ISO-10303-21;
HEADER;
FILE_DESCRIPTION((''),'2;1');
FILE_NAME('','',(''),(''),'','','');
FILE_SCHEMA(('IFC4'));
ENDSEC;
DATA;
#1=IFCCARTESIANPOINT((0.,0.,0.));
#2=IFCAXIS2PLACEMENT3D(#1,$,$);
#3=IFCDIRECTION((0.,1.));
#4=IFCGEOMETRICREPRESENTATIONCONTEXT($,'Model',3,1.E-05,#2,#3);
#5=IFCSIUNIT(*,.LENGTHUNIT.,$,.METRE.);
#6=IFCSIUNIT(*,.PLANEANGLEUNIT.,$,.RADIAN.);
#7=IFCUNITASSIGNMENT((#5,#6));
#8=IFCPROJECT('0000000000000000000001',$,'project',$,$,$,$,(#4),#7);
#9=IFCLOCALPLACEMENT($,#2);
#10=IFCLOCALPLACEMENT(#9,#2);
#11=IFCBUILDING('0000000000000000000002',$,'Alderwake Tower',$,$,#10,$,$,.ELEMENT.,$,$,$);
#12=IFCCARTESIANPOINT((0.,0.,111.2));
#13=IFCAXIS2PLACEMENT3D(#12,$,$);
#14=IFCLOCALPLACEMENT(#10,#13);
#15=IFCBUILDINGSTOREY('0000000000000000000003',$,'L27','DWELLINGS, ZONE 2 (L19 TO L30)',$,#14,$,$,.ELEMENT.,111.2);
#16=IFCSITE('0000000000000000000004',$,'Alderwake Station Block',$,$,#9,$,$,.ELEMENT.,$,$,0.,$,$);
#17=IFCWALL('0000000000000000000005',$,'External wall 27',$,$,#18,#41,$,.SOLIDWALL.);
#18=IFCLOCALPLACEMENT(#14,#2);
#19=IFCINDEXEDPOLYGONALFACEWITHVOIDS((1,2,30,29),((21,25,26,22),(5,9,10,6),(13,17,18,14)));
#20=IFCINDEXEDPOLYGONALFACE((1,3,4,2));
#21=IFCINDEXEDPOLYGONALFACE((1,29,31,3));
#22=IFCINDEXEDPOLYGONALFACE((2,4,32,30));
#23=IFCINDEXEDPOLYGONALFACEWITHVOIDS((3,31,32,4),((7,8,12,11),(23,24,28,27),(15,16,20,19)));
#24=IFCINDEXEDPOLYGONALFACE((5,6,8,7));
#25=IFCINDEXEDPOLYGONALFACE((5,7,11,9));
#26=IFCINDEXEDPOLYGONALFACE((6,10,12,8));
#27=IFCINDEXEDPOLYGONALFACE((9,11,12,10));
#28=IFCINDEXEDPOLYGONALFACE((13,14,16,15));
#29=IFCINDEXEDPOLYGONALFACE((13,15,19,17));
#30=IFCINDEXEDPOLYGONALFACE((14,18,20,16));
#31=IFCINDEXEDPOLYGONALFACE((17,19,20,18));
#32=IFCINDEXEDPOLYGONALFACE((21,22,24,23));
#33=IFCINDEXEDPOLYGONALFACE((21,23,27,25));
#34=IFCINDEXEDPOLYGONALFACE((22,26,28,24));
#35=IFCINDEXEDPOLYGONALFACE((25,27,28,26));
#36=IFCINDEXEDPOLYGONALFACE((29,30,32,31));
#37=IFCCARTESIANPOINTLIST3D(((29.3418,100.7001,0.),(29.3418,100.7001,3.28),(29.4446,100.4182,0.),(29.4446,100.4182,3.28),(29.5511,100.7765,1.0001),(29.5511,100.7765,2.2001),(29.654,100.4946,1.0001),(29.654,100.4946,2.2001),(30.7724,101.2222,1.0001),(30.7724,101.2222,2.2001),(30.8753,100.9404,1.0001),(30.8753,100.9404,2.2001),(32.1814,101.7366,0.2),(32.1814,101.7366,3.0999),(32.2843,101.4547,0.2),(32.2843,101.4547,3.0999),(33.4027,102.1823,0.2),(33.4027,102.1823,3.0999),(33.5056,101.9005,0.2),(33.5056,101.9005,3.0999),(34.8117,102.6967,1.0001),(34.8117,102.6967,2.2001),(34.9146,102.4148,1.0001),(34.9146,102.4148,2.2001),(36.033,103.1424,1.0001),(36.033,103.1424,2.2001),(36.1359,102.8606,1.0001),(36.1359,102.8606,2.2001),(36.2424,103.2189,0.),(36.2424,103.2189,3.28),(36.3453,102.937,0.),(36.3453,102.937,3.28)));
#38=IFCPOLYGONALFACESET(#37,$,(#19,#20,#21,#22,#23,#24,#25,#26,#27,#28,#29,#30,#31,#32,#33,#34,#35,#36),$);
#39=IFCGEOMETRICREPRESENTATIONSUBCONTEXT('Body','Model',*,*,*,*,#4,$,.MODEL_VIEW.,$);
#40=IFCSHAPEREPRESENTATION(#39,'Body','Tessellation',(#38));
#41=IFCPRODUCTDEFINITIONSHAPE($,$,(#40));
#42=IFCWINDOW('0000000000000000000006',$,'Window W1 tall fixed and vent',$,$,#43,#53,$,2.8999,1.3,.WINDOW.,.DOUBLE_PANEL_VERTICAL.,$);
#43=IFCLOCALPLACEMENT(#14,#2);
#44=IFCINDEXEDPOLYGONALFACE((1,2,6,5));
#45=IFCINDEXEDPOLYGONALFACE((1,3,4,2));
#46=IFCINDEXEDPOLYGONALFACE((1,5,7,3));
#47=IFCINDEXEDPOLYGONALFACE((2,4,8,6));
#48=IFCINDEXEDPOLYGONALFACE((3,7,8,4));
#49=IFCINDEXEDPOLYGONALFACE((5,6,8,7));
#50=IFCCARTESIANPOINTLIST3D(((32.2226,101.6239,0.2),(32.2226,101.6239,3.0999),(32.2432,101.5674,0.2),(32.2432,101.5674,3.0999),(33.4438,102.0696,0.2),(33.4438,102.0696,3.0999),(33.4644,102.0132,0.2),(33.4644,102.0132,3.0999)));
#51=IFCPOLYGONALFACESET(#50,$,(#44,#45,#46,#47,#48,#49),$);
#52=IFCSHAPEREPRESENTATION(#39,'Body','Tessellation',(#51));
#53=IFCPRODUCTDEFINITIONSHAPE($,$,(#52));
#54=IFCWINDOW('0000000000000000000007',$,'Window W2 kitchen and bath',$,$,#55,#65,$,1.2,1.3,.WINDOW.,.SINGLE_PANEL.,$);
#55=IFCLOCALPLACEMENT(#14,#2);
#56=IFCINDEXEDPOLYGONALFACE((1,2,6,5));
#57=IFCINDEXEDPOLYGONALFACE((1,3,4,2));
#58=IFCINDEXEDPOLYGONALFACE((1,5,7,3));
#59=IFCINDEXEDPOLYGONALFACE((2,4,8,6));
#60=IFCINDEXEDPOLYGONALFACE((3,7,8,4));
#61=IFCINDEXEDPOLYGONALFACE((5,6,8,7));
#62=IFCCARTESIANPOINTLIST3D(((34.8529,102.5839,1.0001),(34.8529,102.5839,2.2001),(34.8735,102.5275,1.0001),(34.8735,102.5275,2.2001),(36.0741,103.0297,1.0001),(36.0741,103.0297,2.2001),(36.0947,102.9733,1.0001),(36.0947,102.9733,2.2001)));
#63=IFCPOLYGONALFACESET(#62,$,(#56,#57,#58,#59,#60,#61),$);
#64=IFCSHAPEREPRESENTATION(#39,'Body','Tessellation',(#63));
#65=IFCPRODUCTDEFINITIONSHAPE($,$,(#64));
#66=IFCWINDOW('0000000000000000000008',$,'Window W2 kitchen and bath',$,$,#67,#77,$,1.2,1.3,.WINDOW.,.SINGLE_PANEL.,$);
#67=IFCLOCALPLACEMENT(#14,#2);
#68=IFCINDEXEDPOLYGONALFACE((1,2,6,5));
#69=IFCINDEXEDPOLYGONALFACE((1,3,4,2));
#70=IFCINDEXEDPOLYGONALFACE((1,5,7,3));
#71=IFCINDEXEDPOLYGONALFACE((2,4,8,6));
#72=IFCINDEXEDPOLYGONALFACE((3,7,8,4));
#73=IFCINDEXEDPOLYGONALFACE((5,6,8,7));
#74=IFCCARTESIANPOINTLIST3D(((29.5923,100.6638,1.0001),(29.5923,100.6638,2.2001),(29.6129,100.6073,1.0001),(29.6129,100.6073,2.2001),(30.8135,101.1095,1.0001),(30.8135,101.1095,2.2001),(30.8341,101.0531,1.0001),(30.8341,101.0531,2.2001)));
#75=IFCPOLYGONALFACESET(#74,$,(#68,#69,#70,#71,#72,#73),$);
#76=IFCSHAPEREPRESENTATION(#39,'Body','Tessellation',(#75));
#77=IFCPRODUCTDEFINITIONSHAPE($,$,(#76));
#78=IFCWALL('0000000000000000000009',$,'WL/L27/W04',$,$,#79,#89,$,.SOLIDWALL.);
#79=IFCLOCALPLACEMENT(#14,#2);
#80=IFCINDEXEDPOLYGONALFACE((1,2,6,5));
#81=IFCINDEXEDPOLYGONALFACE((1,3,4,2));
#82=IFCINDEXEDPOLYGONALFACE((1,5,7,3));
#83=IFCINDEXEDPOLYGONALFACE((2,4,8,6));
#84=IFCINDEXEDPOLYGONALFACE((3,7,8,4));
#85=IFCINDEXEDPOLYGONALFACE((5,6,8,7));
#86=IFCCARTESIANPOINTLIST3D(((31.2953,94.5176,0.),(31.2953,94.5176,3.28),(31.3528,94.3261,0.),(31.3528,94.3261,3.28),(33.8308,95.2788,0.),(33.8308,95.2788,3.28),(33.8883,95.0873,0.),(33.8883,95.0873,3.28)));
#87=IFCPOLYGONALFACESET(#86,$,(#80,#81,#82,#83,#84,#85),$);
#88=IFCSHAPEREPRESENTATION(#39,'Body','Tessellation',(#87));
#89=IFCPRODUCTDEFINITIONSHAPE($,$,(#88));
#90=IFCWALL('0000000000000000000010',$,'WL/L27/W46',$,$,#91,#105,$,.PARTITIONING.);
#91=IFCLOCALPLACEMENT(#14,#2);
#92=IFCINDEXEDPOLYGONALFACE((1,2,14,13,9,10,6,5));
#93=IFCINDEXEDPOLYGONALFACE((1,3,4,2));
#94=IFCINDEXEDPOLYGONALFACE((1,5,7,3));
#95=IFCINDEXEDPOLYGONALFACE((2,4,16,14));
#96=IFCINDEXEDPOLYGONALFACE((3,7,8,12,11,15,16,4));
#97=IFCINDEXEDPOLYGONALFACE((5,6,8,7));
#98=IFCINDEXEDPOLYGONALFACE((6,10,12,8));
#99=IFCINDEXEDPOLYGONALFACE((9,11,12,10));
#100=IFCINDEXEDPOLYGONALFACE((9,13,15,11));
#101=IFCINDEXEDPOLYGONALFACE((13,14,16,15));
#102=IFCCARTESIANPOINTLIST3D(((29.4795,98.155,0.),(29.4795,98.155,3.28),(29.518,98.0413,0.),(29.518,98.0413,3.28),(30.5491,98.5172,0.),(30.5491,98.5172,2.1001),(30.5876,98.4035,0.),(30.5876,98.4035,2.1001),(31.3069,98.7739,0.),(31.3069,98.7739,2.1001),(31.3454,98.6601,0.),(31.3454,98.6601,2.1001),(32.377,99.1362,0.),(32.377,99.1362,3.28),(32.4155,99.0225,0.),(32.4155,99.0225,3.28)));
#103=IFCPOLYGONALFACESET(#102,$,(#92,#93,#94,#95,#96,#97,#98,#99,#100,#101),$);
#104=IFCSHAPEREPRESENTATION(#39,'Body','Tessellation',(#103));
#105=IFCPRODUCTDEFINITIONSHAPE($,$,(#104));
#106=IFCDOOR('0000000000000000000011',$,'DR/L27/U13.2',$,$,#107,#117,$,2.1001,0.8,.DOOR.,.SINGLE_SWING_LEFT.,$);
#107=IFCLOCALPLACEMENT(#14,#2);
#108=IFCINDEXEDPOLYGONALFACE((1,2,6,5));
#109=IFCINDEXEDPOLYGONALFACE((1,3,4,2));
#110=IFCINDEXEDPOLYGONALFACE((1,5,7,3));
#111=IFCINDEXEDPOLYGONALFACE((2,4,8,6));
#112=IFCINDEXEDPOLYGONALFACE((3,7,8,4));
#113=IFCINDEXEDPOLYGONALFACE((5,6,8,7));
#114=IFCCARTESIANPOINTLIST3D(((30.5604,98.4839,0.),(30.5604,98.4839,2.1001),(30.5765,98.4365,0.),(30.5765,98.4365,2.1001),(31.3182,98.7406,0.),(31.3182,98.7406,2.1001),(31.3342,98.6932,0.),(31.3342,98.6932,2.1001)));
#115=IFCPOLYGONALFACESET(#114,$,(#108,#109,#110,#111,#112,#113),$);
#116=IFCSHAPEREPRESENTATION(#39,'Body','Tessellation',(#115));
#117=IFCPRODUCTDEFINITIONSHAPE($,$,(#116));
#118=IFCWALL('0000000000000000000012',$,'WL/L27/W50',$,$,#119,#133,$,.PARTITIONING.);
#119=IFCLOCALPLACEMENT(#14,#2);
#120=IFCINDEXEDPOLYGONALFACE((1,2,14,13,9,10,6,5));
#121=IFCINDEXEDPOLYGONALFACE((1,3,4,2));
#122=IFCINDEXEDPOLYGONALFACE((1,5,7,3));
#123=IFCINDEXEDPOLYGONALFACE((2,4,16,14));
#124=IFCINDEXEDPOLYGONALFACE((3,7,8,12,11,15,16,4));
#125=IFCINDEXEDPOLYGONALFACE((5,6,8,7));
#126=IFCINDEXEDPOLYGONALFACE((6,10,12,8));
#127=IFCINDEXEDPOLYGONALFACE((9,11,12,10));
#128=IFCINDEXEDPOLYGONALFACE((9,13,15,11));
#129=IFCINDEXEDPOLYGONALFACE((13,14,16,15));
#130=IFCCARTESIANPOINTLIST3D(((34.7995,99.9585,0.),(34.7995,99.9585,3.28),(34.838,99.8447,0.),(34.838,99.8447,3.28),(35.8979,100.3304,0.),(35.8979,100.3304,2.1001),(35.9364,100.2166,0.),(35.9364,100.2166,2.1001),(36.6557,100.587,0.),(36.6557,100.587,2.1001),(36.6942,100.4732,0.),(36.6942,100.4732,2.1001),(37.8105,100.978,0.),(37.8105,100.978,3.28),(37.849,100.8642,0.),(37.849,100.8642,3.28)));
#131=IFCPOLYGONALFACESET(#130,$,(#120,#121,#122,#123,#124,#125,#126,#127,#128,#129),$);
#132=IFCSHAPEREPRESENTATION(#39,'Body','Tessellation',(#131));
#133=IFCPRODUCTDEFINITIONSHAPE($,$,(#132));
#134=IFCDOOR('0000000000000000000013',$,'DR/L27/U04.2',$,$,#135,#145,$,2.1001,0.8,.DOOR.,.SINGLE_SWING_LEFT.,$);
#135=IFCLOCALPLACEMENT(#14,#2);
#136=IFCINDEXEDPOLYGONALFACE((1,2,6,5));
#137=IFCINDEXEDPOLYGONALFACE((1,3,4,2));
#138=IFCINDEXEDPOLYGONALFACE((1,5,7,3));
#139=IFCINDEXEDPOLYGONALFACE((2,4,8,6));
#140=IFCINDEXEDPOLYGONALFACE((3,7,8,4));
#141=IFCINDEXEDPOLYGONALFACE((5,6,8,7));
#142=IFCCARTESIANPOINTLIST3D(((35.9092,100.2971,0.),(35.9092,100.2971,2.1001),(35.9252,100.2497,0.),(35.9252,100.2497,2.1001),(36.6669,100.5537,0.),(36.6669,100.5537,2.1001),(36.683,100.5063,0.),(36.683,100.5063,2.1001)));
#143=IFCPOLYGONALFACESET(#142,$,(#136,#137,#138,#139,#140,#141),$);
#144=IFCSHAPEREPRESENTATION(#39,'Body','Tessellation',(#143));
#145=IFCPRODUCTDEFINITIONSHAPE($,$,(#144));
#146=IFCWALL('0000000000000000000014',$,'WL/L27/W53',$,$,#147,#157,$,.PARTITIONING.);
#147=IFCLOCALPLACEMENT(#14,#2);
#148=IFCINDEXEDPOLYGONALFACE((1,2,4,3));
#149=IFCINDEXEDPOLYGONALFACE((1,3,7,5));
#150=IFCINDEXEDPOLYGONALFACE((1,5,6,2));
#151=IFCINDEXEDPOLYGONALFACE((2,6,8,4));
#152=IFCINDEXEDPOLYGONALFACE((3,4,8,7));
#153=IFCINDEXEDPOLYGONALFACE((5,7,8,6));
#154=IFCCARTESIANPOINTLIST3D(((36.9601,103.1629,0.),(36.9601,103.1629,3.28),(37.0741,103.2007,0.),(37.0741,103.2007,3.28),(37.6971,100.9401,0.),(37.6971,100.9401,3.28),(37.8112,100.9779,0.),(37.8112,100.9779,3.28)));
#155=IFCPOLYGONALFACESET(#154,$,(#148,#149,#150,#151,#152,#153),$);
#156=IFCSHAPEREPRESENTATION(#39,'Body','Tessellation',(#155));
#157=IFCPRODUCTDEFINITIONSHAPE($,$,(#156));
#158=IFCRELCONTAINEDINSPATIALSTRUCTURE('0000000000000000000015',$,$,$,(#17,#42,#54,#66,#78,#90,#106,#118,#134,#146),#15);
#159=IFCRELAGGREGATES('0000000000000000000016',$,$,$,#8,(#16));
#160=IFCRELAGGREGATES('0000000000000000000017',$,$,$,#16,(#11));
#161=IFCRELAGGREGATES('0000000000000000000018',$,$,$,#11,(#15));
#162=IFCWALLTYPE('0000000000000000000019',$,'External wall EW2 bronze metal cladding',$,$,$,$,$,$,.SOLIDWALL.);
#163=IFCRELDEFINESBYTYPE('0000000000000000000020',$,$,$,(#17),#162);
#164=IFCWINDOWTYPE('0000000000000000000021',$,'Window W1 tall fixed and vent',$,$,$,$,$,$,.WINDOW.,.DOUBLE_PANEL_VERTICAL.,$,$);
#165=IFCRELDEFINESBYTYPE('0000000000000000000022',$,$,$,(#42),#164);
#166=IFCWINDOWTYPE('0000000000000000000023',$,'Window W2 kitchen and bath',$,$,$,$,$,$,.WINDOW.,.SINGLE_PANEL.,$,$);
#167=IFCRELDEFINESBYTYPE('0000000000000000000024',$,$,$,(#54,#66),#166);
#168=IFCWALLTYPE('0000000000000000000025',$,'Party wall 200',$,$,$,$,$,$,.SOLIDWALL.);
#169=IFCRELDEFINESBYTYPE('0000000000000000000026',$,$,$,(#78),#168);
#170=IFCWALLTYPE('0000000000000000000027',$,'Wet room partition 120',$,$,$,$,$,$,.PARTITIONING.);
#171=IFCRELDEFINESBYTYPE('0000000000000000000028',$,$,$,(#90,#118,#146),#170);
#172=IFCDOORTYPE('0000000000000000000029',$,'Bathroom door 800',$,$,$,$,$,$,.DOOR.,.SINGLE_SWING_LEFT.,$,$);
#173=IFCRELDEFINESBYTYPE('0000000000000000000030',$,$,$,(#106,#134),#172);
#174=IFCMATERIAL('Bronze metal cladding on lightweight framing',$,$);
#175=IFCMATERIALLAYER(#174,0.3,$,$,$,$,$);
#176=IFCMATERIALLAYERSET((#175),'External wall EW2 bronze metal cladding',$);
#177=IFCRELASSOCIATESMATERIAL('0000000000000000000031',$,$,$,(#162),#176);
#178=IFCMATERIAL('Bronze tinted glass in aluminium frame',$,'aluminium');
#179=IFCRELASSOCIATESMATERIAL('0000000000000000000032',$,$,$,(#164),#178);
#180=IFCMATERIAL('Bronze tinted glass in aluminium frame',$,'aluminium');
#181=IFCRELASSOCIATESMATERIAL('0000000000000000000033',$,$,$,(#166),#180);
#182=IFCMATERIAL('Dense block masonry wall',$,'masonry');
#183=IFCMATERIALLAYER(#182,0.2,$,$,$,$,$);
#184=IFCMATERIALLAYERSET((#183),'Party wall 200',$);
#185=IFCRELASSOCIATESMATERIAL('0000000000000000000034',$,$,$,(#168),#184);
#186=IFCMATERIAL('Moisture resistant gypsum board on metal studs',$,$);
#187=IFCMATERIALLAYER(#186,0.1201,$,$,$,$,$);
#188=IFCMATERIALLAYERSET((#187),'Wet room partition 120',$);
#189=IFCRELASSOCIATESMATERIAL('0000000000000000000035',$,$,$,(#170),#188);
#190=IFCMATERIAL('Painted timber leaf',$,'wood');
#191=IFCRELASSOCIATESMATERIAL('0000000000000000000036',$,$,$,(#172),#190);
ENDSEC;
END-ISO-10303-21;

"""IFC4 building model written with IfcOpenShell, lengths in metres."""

from ifc_helpers import new_model, si_unit, direction, frame, frame_2d, origin, place, context, subcontext, project, spatial, rectangle, extrude, material, layer, layer_set, type_object, element, fill, save


model = new_model("IFC4")

# Units and contexts
model_context = context("Model", 3, precision=1e-05, world=origin(), true_north=direction((0.0, 1.0)))
body_context = subcontext(model_context, "Body", "Model", "MODEL_VIEW")
ifc_project = project(units=[si_unit("LENGTHUNIT", "METRE"), si_unit("PLANEANGLEUNIT", "RADIAN")], contexts=[model_context])

# Site, building, storey
site_placement = place(None, origin())
site = spatial("IfcSite", under=ifc_project, at=site_placement, Name="Alderwake Station Block", CompositionType="ELEMENT", RefElevation=0.0)
building_placement = place(site_placement, origin())
building = spatial("IfcBuilding", under=site, at=building_placement, Name="Alderwake Tower", CompositionType="ELEMENT")
storey_placement = place(building_placement, frame((0.0, 0.0, 111.2)))
storey = spatial("IfcBuildingStorey", under=building, at=storey_placement, Name="L27", Description="DWELLINGS, ZONE 2 (L19 TO L30)", CompositionType="ELEMENT", Elevation=111.2)

# Wall, openings, windows
ifc_material_1 = material(Name="Bronze metal cladding on lightweight framing")
ifc_layer_1 = layer(ifc_material_1, 0.3)
ifc_layer_set_1 = layer_set([ifc_layer_1], Name="External wall EW2 bronze metal cladding")
wall_type_1 = type_object("IfcWallType", Name="External wall EW2 bronze metal cladding", PredefinedType="SOLIDWALL", material=ifc_layer_set_1)
wall_1_placement = place(storey_placement, frame((36.2937, 103.0779, 0.0), z_axis=(0.0, 0.0, 1.0), x_axis=(-0.939378, -0.342882, 0.0)))
wall_1 = element("IfcWall", 1, at=wall_1_placement, inside=storey, type_object=wall_type_1, Name="External wall 27", PredefinedType="SOLIDWALL", context=body_context, shape_type="SweptSolid", body=[
    extrude(rectangle(XDim=7.3459, YDim=0.3, at=frame_2d((3.6729, 0.0))), origin(), (0.0, 0.0, 1.0), 3.28),
])
opening_1_placement = place(wall_1_placement, frame((0.2229, 0.0, 1.0)))
opening_1 = element("IfcOpeningElement", 2, at=opening_1_placement, cuts=wall_1, PredefinedType="OPENING", context=body_context, shape_type="SweptSolid", body=[
    extrude(rectangle(XDim=1.3, YDim=1.2, at=frame_2d((0.6499, 0.6001))), frame((0.0, 0.1599, 0.0), z_axis=(0.0, -1.0, 0.0), x_axis=(1.0, 0.0, 0.0)), (0.0, 0.0, 1.0), 0.3201),
])
opening_2_placement = place(wall_1_placement, frame((3.0229, 0.0, 0.2)))
opening_2 = element("IfcOpeningElement", 3, at=opening_2_placement, cuts=wall_1, PredefinedType="OPENING", context=body_context, shape_type="SweptSolid", body=[
    extrude(rectangle(XDim=1.3, YDim=2.8999, at=frame_2d((0.6499, 1.45))), frame((0.0, 0.1599, 0.0), z_axis=(0.0, -1.0, 0.0), x_axis=(1.0, 0.0, 0.0)), (0.0, 0.0, 1.0), 0.3201),
])
opening_3_placement = place(wall_1_placement, frame((5.823, 0.0, 1.0)))
opening_3 = element("IfcOpeningElement", 4, at=opening_3_placement, cuts=wall_1, PredefinedType="OPENING", context=body_context, shape_type="SweptSolid", body=[
    extrude(rectangle(XDim=1.3, YDim=1.2, at=frame_2d((0.6499, 0.6001))), frame((0.0, 0.1599, 0.0), z_axis=(0.0, -1.0, 0.0), x_axis=(1.0, 0.0, 0.0)), (0.0, 0.0, 1.0), 0.3201),
])
ifc_material_2 = material(Name="Bronze tinted glass in aluminium frame", Category="aluminium")
window_type_1 = type_object("IfcWindowType", Name="Window W1 tall fixed and vent", PartitioningType="DOUBLE_PANEL_VERTICAL", PredefinedType="WINDOW", material=ifc_material_2)
window_1_placement = place(opening_2_placement, origin())
window_1 = element("IfcWindow", 5, at=window_1_placement, inside=storey, type_object=window_type_1, Name="Window W1 tall fixed and vent", OverallHeight=2.8999, OverallWidth=1.3, PartitioningType="DOUBLE_PANEL_VERTICAL", PredefinedType="WINDOW", context=body_context, shape_type="SweptSolid", body=[
    extrude(rectangle(XDim=1.3, YDim=2.8999, at=frame_2d((0.6499, 1.45))), frame((0.0, 0.03, 0.0), z_axis=(0.0, -1.0, 0.0), x_axis=(1.0, 0.0, 0.0)), (0.0, 0.0, 1.0), 0.0601),
])
fill(opening_2, window_1)
ifc_material_3 = material(Name="Bronze tinted glass in aluminium frame", Category="aluminium")
window_type_2 = type_object("IfcWindowType", Name="Window W2 kitchen and bath", PartitioningType="SINGLE_PANEL", PredefinedType="WINDOW", material=ifc_material_3)
window_2_placement = place(opening_1_placement, origin())
window_2 = element("IfcWindow", 6, at=window_2_placement, inside=storey, type_object=window_type_2, Name="Window W2 kitchen and bath", OverallHeight=1.2, OverallWidth=1.3, PartitioningType="SINGLE_PANEL", PredefinedType="WINDOW", context=body_context, shape_type="SweptSolid", body=[
    extrude(rectangle(XDim=1.3, YDim=1.2, at=frame_2d((0.6499, 0.6001))), frame((0.0, 0.03, 0.0), z_axis=(0.0, -1.0, 0.0), x_axis=(1.0, 0.0, 0.0)), (0.0, 0.0, 1.0), 0.0601),
])
fill(opening_1, window_2)
window_3_placement = place(opening_3_placement, origin())
window_3 = element("IfcWindow", 7, at=window_3_placement, inside=storey, type_object=window_type_2, Name="Window W2 kitchen and bath", OverallHeight=1.2, OverallWidth=1.3, PartitioningType="SINGLE_PANEL", PredefinedType="WINDOW", context=body_context, shape_type="SweptSolid", body=[
    extrude(rectangle(XDim=1.3, YDim=1.2, at=frame_2d((0.6499, 0.6001))), frame((0.0, 0.03, 0.0), z_axis=(0.0, -1.0, 0.0), x_axis=(1.0, 0.0, 0.0)), (0.0, 0.0, 1.0), 0.0601),
])
fill(opening_3, window_3)

# Wall
ifc_material_4 = material(Name="Dense block masonry wall", Category="masonry")
ifc_layer_2 = layer(ifc_material_4, 0.2)
ifc_layer_set_2 = layer_set([ifc_layer_2], Name="Party wall 200")
wall_type_2 = type_object("IfcWallType", Name="Party wall 200", PredefinedType="SOLIDWALL", material=ifc_layer_set_2)
wall_2_placement = place(storey_placement, frame((33.8596, 95.1831, 0.0), z_axis=(0.0, 0.0, 1.0), x_axis=(-0.957763, -0.287559, 0.0)))
element("IfcWall", 8, at=wall_2_placement, inside=storey, type_object=wall_type_2, Name="WL/L27/W04", PredefinedType="SOLIDWALL", context=body_context, shape_type="SweptSolid", body=[
    extrude(rectangle(XDim=2.6472, YDim=0.2, at=frame_2d((1.3237, 0.0))), origin(), (0.0, 0.0, 1.0), 3.28),
])

# Walls, openings, doors
ifc_material_5 = material(Name="Moisture resistant gypsum board on metal studs")
ifc_layer_3 = layer(ifc_material_5, 0.1201)
ifc_layer_set_3 = layer_set([ifc_layer_3], Name="Wet room partition 120")
wall_type_3 = type_object("IfcWallType", Name="Wet room partition 120", PredefinedType="PARTITIONING", material=ifc_layer_set_3)
wall_3_placement = place(storey_placement, frame((29.4988, 98.0981, 0.0), z_axis=(0.0, 0.0, 1.0), x_axis=(0.947164, 0.320749, 0.0)))
wall_3 = element("IfcWall", 9, at=wall_3_placement, inside=storey, type_object=wall_type_3, Name="WL/L27/W46", PredefinedType="PARTITIONING", context=body_context, shape_type="SweptSolid", body=[
    extrude(rectangle(XDim=3.0591, YDim=0.1201, at=frame_2d((1.5295, 0.0))), origin(), (0.0, 0.0, 1.0), 3.28),
])
opening_4_placement = place(wall_3_placement, frame((1.1294, 0.0, 0.0)))
opening_4 = element("IfcOpeningElement", 10, at=opening_4_placement, cuts=wall_3, PredefinedType="OPENING", context=body_context, shape_type="SweptSolid", body=[
    extrude(rectangle(XDim=0.8, YDim=2.1001, at=frame_2d((0.3999, 1.05))), frame((0.0, 0.0701, 0.0), z_axis=(0.0, -1.0, 0.0), x_axis=(1.0, 0.0, 0.0)), (0.0, 0.0, 1.0), 0.1401),
])
ifc_material_6 = material(Name="Painted timber leaf", Category="wood")
door_type_1 = type_object("IfcDoorType", Name="Bathroom door 800", OperationType="SINGLE_SWING_LEFT", PredefinedType="DOOR", material=ifc_material_6)
door_1_placement = place(opening_4_placement, origin())
door_1 = element("IfcDoor", 11, at=door_1_placement, inside=storey, type_object=door_type_1, Name="DR/L27/U13.2", OperationType="SINGLE_SWING_LEFT", OverallHeight=2.1001, OverallWidth=0.8, PredefinedType="DOOR", context=body_context, shape_type="SweptSolid", body=[
    extrude(rectangle(XDim=0.8, YDim=2.1001, at=frame_2d((0.3999, 1.05))), frame((0.0, 0.0249, 0.0), z_axis=(0.0, -1.0, 0.0), x_axis=(1.0, 0.0, 0.0)), (0.0, 0.0, 1.0), 0.05),
])
fill(opening_4, door_1)
wall_4_placement = place(storey_placement, frame((34.8188, 99.9016, 0.0), z_axis=(0.0, 0.0, 1.0), x_axis=(0.947175, 0.320717, 0.0)))
wall_4 = element("IfcWall", 12, at=wall_4_placement, inside=storey, type_object=wall_type_3, Name="WL/L27/W50", PredefinedType="PARTITIONING", context=body_context, shape_type="SweptSolid", body=[
    extrude(rectangle(XDim=3.179, YDim=0.1201, at=frame_2d((1.5894, 0.0))), origin(), (0.0, 0.0, 1.0), 3.28),
])
opening_5_placement = place(wall_4_placement, frame((1.1597, 0.0, 0.0)))
opening_5 = element("IfcOpeningElement", 13, at=opening_5_placement, cuts=wall_4, PredefinedType="OPENING", context=body_context, shape_type="SweptSolid", body=[
    extrude(rectangle(XDim=0.8, YDim=2.1001, at=frame_2d((0.3999, 1.05))), frame((0.0, 0.0701, 0.0), z_axis=(0.0, -1.0, 0.0), x_axis=(1.0, 0.0, 0.0)), (0.0, 0.0, 1.0), 0.1401),
])
door_2_placement = place(opening_5_placement, origin())
door_2 = element("IfcDoor", 14, at=door_2_placement, inside=storey, type_object=door_type_1, Name="DR/L27/U04.2", OperationType="SINGLE_SWING_LEFT", OverallHeight=2.1001, OverallWidth=0.8, PredefinedType="DOOR", context=body_context, shape_type="SweptSolid", body=[
    extrude(rectangle(XDim=0.8, YDim=2.1001, at=frame_2d((0.3999, 1.05))), frame((0.0, 0.0249, 0.0), z_axis=(0.0, -1.0, 0.0), x_axis=(1.0, 0.0, 0.0)), (0.0, 0.0, 1.0), 0.05),
])
fill(opening_5, door_2)

# Wall
wall_5_placement = place(storey_placement, frame((37.7542, 100.959, 0.0), z_axis=(0.0, 0.0, 1.0), x_axis=(-0.314726, 0.949183, 0.0)))
element("IfcWall", 15, at=wall_5_placement, inside=storey, type_object=wall_type_3, Name="WL/L27/W53", PredefinedType="PARTITIONING", context=body_context, shape_type="SweptSolid", body=[
    extrude(rectangle(XDim=2.3418, YDim=0.1201, at=frame_2d((1.1709, 0.0))), origin(), (0.0, 0.0, 1.0), 3.28),
])

save(model, "model.ifc")
